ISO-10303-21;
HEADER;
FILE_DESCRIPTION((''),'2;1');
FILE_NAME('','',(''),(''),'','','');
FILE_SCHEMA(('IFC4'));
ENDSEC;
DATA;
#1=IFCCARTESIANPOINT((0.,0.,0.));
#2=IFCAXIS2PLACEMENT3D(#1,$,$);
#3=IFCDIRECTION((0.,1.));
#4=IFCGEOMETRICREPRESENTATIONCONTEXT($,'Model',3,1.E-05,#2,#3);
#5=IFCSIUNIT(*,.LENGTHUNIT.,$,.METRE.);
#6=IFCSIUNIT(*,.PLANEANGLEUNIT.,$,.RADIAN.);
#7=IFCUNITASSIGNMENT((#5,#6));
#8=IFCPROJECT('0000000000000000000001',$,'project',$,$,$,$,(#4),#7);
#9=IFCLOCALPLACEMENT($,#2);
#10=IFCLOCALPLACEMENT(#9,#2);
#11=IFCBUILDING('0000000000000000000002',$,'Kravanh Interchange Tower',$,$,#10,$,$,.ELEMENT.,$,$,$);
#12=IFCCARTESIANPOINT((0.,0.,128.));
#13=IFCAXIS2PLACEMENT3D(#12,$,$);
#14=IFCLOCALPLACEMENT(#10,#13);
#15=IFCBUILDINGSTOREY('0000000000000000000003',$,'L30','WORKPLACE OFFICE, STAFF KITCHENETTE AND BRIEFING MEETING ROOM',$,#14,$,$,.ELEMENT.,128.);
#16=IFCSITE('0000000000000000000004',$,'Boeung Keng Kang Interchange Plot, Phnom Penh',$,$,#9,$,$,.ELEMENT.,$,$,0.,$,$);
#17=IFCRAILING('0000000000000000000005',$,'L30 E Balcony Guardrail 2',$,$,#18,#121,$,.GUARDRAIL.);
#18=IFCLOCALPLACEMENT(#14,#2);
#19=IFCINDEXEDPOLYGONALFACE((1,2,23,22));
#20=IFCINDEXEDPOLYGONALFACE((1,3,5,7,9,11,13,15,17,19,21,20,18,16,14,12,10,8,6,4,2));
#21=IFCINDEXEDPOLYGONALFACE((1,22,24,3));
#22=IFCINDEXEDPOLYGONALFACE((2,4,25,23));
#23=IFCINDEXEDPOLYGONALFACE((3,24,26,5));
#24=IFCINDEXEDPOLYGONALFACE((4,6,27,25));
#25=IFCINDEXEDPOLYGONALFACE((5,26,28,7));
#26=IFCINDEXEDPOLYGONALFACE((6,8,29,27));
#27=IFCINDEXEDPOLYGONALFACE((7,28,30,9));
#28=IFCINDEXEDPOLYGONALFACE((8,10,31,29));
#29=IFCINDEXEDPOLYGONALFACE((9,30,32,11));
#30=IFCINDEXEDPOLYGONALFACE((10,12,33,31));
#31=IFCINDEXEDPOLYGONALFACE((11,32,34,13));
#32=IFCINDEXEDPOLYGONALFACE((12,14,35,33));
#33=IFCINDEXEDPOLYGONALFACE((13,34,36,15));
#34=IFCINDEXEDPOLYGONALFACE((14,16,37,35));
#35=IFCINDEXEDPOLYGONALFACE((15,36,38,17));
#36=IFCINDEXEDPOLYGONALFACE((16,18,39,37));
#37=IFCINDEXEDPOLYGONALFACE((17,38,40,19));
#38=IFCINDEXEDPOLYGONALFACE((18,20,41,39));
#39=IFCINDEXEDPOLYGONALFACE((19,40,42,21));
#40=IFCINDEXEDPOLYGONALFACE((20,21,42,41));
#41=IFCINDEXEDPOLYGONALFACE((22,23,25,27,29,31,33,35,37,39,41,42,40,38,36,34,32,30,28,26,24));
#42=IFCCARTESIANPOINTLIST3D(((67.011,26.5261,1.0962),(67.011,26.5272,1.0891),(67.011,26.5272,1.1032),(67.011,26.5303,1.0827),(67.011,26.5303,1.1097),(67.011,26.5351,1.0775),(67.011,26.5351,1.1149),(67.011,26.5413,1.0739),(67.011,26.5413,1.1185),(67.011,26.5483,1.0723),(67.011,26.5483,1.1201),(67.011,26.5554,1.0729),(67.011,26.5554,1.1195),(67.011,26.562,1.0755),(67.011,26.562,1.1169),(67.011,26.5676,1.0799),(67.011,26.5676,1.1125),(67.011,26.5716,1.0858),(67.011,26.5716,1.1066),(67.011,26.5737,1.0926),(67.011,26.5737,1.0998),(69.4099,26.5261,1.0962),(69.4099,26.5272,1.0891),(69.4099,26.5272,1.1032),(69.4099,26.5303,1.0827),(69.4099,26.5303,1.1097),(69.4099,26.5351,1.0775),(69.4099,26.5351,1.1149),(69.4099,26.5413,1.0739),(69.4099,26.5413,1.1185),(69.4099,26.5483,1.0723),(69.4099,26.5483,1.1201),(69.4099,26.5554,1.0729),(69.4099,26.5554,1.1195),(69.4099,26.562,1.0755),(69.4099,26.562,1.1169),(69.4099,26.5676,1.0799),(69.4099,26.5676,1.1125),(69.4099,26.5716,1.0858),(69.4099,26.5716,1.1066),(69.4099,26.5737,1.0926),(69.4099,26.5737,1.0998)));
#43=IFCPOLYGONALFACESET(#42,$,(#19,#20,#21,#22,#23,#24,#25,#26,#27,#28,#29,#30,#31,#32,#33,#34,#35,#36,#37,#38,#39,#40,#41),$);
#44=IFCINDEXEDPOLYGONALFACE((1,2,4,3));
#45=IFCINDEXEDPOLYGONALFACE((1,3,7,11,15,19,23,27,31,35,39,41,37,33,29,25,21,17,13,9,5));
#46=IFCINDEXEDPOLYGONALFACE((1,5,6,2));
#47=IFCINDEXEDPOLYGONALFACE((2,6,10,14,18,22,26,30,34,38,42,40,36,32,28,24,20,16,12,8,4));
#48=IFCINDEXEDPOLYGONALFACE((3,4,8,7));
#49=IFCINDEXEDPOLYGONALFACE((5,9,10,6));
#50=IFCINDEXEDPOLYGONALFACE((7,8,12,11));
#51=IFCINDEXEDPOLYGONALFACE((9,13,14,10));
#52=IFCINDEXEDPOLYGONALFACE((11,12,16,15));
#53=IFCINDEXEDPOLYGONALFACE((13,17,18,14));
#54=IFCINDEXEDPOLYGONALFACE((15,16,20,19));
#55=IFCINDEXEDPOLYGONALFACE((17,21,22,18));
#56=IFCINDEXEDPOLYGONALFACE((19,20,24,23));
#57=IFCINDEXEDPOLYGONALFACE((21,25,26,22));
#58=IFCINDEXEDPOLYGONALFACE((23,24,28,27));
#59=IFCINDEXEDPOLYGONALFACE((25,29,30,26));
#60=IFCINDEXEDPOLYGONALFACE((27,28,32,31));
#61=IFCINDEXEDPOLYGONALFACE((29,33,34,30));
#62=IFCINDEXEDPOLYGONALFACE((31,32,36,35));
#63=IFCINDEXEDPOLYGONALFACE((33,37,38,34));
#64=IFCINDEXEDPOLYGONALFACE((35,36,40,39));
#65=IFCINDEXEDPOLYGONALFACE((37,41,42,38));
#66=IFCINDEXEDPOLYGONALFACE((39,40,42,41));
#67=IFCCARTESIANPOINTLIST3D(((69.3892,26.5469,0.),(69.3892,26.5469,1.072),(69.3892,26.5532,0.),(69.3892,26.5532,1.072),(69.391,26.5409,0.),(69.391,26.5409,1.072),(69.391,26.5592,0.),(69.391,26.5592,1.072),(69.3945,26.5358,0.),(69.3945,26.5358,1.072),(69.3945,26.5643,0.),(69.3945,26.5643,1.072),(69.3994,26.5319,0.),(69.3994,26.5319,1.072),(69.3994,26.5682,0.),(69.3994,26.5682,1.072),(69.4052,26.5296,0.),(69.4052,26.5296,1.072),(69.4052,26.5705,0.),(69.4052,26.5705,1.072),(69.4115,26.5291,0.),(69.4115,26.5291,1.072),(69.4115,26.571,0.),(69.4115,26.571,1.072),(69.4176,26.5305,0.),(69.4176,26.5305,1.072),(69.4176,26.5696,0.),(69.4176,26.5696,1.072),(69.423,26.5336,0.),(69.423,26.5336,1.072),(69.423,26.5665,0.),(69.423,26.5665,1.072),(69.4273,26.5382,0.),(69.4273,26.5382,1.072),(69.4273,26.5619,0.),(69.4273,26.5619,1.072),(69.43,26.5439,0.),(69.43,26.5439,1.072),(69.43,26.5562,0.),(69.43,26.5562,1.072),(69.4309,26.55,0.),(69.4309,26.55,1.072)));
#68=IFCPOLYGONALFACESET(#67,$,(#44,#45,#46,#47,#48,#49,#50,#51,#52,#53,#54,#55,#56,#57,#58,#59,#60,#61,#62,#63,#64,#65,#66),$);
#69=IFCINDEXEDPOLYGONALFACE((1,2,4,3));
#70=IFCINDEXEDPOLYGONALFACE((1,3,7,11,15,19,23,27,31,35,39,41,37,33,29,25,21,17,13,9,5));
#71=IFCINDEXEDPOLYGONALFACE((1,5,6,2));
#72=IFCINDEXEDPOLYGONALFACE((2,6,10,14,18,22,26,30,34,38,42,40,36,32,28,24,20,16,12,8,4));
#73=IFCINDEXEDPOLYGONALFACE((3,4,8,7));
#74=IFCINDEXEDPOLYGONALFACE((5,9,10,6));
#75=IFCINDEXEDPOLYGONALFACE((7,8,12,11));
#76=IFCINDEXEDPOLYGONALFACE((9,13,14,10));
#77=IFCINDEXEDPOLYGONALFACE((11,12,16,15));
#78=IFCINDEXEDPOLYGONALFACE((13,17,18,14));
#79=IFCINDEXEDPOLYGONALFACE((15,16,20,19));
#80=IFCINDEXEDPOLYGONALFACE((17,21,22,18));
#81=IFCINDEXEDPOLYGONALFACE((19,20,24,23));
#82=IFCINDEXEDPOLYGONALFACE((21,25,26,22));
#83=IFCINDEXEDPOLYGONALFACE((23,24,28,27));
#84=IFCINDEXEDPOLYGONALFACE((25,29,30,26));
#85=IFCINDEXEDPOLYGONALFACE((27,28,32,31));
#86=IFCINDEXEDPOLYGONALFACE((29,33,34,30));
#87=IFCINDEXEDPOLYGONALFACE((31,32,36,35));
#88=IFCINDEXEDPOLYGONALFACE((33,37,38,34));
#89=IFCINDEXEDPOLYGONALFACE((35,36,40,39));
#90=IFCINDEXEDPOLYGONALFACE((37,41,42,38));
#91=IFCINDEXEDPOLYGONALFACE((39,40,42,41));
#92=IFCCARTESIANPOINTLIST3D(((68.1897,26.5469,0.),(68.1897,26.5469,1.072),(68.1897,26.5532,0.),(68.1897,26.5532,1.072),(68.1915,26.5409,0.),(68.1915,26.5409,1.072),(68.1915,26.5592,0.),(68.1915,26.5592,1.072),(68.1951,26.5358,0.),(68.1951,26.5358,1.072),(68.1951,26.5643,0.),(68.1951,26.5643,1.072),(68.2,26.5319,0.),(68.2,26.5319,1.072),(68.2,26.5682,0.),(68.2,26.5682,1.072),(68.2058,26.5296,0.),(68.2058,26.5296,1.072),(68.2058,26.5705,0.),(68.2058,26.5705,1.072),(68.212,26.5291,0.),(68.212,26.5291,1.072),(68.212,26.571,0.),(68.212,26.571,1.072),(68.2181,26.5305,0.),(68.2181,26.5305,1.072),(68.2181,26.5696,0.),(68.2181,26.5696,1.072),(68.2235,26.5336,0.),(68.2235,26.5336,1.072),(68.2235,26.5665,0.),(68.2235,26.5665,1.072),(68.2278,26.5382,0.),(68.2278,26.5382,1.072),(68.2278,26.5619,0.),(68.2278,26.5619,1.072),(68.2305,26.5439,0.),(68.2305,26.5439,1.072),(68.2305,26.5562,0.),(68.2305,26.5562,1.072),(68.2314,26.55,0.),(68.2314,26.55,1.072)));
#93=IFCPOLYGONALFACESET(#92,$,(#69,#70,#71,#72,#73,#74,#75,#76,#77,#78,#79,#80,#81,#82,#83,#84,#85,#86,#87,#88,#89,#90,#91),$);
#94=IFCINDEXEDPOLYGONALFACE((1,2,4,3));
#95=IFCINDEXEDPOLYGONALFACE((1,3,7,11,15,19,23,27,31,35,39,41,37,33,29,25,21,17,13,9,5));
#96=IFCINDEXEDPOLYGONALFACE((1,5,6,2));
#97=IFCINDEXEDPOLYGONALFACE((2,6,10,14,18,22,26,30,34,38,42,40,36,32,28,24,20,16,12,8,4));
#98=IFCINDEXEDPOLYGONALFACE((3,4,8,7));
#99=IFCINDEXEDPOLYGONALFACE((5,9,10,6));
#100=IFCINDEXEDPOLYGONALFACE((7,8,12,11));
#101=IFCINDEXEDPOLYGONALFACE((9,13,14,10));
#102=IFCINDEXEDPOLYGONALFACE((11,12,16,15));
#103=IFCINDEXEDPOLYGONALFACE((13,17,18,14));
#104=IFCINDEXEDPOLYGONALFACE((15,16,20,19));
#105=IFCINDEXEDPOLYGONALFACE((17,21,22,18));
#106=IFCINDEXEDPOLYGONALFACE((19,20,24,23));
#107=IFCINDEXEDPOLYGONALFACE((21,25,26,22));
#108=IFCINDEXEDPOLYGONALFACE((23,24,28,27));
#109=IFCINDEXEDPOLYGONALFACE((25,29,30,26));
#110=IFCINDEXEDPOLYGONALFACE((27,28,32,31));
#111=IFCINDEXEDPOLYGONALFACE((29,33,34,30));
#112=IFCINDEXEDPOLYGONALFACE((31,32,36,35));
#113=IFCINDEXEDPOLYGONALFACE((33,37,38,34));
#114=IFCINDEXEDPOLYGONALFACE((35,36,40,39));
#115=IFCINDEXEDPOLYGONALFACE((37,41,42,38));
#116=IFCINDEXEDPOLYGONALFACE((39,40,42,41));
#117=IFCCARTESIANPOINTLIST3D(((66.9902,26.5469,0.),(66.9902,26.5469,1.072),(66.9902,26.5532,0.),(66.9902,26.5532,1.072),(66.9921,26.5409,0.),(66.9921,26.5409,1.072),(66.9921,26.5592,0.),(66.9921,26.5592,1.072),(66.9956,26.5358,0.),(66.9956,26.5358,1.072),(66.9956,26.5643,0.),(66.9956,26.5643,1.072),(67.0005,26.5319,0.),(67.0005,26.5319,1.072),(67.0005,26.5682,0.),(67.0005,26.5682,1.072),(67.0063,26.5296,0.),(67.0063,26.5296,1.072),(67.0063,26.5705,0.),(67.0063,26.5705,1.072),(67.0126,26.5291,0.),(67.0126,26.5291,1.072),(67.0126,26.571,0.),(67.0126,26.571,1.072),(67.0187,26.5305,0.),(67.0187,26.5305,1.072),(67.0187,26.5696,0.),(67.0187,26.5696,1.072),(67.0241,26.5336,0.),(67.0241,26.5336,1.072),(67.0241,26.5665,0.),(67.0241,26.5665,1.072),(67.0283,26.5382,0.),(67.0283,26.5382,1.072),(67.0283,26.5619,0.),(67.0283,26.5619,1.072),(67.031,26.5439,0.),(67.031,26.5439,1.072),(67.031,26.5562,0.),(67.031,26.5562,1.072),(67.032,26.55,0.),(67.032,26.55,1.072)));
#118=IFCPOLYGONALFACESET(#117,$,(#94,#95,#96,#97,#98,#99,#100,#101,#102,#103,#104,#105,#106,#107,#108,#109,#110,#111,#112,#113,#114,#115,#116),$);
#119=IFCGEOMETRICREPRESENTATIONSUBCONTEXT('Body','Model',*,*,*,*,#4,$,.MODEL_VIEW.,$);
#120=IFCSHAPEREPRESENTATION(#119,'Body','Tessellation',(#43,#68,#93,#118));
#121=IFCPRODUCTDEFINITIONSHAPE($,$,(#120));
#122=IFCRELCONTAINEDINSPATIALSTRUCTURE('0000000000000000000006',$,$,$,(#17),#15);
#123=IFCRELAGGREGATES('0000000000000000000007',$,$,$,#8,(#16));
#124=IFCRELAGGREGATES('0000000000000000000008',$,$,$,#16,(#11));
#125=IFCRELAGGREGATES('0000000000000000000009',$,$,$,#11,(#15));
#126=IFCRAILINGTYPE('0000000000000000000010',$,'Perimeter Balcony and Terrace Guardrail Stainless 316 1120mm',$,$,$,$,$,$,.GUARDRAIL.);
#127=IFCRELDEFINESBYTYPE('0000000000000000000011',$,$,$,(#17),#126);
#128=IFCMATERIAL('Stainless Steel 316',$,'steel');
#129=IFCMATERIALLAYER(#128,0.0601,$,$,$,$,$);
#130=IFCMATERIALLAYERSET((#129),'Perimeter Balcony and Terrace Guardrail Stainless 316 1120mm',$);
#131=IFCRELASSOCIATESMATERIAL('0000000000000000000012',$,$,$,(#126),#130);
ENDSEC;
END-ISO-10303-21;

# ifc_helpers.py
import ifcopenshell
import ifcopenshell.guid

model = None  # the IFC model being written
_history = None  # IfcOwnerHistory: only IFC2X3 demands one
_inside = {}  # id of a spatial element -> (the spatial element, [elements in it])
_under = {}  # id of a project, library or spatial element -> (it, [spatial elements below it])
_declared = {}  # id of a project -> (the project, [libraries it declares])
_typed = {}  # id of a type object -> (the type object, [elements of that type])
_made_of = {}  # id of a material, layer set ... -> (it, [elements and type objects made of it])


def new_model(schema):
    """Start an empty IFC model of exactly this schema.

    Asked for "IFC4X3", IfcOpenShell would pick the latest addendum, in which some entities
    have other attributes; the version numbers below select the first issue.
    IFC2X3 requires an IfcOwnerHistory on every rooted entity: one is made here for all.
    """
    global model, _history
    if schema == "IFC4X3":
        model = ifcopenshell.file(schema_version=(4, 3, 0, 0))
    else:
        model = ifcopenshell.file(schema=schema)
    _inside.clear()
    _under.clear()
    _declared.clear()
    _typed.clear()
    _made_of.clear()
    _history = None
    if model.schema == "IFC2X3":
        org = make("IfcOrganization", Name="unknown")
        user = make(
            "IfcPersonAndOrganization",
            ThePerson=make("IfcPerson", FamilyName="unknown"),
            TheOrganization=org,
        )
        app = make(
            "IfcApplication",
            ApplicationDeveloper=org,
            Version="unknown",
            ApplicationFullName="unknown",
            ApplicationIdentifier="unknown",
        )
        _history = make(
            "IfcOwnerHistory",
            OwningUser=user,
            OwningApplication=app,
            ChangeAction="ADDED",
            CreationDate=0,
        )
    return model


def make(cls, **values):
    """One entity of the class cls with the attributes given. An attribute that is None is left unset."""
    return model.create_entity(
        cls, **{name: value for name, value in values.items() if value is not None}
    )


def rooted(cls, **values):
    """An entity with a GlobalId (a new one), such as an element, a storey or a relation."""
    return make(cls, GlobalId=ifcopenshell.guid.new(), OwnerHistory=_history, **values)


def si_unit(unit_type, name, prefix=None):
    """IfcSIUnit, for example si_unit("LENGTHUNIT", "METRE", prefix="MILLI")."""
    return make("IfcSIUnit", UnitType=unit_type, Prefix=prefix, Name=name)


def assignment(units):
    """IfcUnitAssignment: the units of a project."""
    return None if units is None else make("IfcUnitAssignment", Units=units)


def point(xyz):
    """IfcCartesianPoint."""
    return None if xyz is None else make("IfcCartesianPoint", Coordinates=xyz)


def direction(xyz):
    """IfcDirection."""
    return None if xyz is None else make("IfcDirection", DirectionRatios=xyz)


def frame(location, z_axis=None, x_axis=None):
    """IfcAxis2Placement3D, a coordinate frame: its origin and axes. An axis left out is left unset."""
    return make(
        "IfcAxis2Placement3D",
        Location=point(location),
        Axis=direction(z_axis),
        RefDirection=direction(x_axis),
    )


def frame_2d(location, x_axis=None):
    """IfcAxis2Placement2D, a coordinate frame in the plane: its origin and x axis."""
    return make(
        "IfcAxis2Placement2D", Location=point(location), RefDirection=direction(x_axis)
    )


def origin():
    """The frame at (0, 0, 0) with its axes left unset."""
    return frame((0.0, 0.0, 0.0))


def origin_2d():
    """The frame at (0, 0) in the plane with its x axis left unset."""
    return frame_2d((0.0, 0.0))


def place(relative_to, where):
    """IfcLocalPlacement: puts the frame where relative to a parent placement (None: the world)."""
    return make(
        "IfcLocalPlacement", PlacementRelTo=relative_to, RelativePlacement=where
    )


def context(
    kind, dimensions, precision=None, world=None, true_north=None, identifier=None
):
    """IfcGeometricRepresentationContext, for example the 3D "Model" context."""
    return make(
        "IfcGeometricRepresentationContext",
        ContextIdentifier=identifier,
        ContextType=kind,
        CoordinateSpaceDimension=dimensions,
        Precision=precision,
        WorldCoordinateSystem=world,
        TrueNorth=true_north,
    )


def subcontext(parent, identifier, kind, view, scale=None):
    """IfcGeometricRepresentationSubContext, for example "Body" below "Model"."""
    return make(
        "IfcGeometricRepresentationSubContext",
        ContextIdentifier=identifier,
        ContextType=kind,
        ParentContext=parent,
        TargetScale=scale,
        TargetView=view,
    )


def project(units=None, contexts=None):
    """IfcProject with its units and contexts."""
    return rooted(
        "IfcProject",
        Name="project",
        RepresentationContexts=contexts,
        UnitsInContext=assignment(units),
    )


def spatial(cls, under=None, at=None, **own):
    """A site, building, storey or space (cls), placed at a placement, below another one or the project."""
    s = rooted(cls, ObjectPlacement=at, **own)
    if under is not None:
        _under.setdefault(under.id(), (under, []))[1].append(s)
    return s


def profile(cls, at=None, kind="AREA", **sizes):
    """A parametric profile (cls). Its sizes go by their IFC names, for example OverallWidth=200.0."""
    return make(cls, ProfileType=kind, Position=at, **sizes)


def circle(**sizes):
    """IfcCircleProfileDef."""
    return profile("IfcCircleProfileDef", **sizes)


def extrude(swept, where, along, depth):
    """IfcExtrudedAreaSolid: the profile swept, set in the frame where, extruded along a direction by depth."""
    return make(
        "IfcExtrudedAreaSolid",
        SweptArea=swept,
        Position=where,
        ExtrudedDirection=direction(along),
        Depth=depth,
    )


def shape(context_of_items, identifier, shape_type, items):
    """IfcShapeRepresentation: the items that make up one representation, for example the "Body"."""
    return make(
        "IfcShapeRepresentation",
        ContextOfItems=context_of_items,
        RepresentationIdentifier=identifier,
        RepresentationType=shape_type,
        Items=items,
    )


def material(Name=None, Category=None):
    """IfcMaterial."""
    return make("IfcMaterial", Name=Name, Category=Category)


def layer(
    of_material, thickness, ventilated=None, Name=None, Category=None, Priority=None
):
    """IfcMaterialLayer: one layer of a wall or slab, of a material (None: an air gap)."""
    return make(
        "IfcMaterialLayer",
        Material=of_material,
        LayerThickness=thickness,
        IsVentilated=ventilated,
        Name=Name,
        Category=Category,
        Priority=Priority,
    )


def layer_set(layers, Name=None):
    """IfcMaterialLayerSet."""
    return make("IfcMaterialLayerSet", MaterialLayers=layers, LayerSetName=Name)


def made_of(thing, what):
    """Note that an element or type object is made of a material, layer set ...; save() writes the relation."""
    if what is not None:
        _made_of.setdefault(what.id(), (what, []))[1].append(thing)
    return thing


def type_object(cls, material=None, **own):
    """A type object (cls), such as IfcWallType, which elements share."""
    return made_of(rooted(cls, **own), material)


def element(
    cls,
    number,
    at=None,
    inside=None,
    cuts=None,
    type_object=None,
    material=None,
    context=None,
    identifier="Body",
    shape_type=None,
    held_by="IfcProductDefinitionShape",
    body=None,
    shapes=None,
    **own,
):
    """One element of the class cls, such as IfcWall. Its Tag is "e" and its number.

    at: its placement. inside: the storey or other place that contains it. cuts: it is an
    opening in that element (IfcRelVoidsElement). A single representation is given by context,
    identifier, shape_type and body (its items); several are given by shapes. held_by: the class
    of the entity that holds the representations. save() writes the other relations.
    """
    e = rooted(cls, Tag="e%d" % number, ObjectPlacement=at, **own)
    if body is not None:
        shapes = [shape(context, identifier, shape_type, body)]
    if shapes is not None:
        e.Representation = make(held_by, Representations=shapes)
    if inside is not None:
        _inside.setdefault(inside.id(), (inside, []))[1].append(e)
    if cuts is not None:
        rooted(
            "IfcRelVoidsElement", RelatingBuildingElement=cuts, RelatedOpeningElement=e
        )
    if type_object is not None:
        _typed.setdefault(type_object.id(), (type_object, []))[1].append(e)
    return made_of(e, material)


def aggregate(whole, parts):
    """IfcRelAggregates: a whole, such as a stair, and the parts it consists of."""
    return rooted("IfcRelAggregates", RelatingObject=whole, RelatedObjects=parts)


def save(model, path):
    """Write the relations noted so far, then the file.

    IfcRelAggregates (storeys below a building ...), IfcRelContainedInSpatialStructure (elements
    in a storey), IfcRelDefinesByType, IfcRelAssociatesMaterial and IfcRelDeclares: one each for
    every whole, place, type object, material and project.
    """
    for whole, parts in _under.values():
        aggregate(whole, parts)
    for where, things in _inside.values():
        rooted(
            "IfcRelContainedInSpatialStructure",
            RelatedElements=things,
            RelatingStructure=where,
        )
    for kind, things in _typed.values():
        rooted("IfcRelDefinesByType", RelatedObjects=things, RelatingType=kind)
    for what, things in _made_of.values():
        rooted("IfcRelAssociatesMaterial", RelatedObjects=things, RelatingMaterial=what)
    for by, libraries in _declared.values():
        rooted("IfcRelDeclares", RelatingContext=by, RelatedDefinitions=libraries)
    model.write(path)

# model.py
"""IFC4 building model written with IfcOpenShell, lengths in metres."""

from ifc_helpers import new_model, si_unit, direction, frame, origin, origin_2d, place, context, subcontext, project, spatial, circle, extrude, material, layer, layer_set, type_object, element, save


model = new_model("IFC4")

# Units and contexts
model_context = context("Model", 3, precision=1e-05, world=origin(), true_north=direction((0.0, 1.0)))
body_context = subcontext(model_context, "Body", "Model", "MODEL_VIEW")
ifc_project = project(units=[si_unit("LENGTHUNIT", "METRE"), si_unit("PLANEANGLEUNIT", "RADIAN")], contexts=[model_context])

# Site, building, storey
site_placement = place(None, origin())
site = spatial("IfcSite", under=ifc_project, at=site_placement, Name="Boeung Keng Kang Interchange Plot, Phnom Penh", CompositionType="ELEMENT", RefElevation=0.0)
building_placement = place(site_placement, origin())
building = spatial("IfcBuilding", under=site, at=building_placement, Name="Kravanh Interchange Tower", CompositionType="ELEMENT")
storey_placement = place(building_placement, frame((0.0, 0.0, 128.0)))
storey = spatial("IfcBuildingStorey", under=building, at=storey_placement, Name="L30", Description="WORKPLACE OFFICE, STAFF KITCHENETTE AND BRIEFING MEETING ROOM", CompositionType="ELEMENT", Elevation=128.0)

# Railing
ifc_material_1 = material(Name="Stainless Steel 316", Category="steel")
ifc_layer_1 = layer(ifc_material_1, 0.0601)
ifc_layer_set_1 = layer_set([ifc_layer_1], Name="Perimeter Balcony and Terrace Guardrail Stainless 316 1120mm")
railing_type = type_object("IfcRailingType", Name="Perimeter Balcony and Terrace Guardrail Stainless 316 1120mm", PredefinedType="GUARDRAIL", material=ifc_layer_set_1)
railing_placement = place(storey_placement, frame((69.4099, 26.55, 0.0)))
element("IfcRailing", 1, at=railing_placement, inside=storey, type_object=railing_type, Name="L30 E Balcony Guardrail 2", PredefinedType="GUARDRAIL", context=body_context, shape_type="SweptSolid", body=[
    extrude(circle(Radius=0.0239, at=origin_2d()), frame((0.0, 0.0, 1.0962), z_axis=(-1.0, 0.0, 0.0), x_axis=(0.0, -1.0, 0.0)), (0.0, 0.0, 1.0), 2.3989),
    extrude(circle(Radius=0.021, at=origin_2d()), origin(), (0.0, 0.0, 1.0), 1.072),
    extrude(circle(Radius=0.021, at=origin_2d()), frame((-1.1995, 0.0, 0.0)), (0.0, 0.0, 1.0), 1.072),
    extrude(circle(Radius=0.021, at=origin_2d()), frame((-2.3989, 0.0, 0.0)), (0.0, 0.0, 1.0), 1.072),
])

save(model, "model.ifc")
